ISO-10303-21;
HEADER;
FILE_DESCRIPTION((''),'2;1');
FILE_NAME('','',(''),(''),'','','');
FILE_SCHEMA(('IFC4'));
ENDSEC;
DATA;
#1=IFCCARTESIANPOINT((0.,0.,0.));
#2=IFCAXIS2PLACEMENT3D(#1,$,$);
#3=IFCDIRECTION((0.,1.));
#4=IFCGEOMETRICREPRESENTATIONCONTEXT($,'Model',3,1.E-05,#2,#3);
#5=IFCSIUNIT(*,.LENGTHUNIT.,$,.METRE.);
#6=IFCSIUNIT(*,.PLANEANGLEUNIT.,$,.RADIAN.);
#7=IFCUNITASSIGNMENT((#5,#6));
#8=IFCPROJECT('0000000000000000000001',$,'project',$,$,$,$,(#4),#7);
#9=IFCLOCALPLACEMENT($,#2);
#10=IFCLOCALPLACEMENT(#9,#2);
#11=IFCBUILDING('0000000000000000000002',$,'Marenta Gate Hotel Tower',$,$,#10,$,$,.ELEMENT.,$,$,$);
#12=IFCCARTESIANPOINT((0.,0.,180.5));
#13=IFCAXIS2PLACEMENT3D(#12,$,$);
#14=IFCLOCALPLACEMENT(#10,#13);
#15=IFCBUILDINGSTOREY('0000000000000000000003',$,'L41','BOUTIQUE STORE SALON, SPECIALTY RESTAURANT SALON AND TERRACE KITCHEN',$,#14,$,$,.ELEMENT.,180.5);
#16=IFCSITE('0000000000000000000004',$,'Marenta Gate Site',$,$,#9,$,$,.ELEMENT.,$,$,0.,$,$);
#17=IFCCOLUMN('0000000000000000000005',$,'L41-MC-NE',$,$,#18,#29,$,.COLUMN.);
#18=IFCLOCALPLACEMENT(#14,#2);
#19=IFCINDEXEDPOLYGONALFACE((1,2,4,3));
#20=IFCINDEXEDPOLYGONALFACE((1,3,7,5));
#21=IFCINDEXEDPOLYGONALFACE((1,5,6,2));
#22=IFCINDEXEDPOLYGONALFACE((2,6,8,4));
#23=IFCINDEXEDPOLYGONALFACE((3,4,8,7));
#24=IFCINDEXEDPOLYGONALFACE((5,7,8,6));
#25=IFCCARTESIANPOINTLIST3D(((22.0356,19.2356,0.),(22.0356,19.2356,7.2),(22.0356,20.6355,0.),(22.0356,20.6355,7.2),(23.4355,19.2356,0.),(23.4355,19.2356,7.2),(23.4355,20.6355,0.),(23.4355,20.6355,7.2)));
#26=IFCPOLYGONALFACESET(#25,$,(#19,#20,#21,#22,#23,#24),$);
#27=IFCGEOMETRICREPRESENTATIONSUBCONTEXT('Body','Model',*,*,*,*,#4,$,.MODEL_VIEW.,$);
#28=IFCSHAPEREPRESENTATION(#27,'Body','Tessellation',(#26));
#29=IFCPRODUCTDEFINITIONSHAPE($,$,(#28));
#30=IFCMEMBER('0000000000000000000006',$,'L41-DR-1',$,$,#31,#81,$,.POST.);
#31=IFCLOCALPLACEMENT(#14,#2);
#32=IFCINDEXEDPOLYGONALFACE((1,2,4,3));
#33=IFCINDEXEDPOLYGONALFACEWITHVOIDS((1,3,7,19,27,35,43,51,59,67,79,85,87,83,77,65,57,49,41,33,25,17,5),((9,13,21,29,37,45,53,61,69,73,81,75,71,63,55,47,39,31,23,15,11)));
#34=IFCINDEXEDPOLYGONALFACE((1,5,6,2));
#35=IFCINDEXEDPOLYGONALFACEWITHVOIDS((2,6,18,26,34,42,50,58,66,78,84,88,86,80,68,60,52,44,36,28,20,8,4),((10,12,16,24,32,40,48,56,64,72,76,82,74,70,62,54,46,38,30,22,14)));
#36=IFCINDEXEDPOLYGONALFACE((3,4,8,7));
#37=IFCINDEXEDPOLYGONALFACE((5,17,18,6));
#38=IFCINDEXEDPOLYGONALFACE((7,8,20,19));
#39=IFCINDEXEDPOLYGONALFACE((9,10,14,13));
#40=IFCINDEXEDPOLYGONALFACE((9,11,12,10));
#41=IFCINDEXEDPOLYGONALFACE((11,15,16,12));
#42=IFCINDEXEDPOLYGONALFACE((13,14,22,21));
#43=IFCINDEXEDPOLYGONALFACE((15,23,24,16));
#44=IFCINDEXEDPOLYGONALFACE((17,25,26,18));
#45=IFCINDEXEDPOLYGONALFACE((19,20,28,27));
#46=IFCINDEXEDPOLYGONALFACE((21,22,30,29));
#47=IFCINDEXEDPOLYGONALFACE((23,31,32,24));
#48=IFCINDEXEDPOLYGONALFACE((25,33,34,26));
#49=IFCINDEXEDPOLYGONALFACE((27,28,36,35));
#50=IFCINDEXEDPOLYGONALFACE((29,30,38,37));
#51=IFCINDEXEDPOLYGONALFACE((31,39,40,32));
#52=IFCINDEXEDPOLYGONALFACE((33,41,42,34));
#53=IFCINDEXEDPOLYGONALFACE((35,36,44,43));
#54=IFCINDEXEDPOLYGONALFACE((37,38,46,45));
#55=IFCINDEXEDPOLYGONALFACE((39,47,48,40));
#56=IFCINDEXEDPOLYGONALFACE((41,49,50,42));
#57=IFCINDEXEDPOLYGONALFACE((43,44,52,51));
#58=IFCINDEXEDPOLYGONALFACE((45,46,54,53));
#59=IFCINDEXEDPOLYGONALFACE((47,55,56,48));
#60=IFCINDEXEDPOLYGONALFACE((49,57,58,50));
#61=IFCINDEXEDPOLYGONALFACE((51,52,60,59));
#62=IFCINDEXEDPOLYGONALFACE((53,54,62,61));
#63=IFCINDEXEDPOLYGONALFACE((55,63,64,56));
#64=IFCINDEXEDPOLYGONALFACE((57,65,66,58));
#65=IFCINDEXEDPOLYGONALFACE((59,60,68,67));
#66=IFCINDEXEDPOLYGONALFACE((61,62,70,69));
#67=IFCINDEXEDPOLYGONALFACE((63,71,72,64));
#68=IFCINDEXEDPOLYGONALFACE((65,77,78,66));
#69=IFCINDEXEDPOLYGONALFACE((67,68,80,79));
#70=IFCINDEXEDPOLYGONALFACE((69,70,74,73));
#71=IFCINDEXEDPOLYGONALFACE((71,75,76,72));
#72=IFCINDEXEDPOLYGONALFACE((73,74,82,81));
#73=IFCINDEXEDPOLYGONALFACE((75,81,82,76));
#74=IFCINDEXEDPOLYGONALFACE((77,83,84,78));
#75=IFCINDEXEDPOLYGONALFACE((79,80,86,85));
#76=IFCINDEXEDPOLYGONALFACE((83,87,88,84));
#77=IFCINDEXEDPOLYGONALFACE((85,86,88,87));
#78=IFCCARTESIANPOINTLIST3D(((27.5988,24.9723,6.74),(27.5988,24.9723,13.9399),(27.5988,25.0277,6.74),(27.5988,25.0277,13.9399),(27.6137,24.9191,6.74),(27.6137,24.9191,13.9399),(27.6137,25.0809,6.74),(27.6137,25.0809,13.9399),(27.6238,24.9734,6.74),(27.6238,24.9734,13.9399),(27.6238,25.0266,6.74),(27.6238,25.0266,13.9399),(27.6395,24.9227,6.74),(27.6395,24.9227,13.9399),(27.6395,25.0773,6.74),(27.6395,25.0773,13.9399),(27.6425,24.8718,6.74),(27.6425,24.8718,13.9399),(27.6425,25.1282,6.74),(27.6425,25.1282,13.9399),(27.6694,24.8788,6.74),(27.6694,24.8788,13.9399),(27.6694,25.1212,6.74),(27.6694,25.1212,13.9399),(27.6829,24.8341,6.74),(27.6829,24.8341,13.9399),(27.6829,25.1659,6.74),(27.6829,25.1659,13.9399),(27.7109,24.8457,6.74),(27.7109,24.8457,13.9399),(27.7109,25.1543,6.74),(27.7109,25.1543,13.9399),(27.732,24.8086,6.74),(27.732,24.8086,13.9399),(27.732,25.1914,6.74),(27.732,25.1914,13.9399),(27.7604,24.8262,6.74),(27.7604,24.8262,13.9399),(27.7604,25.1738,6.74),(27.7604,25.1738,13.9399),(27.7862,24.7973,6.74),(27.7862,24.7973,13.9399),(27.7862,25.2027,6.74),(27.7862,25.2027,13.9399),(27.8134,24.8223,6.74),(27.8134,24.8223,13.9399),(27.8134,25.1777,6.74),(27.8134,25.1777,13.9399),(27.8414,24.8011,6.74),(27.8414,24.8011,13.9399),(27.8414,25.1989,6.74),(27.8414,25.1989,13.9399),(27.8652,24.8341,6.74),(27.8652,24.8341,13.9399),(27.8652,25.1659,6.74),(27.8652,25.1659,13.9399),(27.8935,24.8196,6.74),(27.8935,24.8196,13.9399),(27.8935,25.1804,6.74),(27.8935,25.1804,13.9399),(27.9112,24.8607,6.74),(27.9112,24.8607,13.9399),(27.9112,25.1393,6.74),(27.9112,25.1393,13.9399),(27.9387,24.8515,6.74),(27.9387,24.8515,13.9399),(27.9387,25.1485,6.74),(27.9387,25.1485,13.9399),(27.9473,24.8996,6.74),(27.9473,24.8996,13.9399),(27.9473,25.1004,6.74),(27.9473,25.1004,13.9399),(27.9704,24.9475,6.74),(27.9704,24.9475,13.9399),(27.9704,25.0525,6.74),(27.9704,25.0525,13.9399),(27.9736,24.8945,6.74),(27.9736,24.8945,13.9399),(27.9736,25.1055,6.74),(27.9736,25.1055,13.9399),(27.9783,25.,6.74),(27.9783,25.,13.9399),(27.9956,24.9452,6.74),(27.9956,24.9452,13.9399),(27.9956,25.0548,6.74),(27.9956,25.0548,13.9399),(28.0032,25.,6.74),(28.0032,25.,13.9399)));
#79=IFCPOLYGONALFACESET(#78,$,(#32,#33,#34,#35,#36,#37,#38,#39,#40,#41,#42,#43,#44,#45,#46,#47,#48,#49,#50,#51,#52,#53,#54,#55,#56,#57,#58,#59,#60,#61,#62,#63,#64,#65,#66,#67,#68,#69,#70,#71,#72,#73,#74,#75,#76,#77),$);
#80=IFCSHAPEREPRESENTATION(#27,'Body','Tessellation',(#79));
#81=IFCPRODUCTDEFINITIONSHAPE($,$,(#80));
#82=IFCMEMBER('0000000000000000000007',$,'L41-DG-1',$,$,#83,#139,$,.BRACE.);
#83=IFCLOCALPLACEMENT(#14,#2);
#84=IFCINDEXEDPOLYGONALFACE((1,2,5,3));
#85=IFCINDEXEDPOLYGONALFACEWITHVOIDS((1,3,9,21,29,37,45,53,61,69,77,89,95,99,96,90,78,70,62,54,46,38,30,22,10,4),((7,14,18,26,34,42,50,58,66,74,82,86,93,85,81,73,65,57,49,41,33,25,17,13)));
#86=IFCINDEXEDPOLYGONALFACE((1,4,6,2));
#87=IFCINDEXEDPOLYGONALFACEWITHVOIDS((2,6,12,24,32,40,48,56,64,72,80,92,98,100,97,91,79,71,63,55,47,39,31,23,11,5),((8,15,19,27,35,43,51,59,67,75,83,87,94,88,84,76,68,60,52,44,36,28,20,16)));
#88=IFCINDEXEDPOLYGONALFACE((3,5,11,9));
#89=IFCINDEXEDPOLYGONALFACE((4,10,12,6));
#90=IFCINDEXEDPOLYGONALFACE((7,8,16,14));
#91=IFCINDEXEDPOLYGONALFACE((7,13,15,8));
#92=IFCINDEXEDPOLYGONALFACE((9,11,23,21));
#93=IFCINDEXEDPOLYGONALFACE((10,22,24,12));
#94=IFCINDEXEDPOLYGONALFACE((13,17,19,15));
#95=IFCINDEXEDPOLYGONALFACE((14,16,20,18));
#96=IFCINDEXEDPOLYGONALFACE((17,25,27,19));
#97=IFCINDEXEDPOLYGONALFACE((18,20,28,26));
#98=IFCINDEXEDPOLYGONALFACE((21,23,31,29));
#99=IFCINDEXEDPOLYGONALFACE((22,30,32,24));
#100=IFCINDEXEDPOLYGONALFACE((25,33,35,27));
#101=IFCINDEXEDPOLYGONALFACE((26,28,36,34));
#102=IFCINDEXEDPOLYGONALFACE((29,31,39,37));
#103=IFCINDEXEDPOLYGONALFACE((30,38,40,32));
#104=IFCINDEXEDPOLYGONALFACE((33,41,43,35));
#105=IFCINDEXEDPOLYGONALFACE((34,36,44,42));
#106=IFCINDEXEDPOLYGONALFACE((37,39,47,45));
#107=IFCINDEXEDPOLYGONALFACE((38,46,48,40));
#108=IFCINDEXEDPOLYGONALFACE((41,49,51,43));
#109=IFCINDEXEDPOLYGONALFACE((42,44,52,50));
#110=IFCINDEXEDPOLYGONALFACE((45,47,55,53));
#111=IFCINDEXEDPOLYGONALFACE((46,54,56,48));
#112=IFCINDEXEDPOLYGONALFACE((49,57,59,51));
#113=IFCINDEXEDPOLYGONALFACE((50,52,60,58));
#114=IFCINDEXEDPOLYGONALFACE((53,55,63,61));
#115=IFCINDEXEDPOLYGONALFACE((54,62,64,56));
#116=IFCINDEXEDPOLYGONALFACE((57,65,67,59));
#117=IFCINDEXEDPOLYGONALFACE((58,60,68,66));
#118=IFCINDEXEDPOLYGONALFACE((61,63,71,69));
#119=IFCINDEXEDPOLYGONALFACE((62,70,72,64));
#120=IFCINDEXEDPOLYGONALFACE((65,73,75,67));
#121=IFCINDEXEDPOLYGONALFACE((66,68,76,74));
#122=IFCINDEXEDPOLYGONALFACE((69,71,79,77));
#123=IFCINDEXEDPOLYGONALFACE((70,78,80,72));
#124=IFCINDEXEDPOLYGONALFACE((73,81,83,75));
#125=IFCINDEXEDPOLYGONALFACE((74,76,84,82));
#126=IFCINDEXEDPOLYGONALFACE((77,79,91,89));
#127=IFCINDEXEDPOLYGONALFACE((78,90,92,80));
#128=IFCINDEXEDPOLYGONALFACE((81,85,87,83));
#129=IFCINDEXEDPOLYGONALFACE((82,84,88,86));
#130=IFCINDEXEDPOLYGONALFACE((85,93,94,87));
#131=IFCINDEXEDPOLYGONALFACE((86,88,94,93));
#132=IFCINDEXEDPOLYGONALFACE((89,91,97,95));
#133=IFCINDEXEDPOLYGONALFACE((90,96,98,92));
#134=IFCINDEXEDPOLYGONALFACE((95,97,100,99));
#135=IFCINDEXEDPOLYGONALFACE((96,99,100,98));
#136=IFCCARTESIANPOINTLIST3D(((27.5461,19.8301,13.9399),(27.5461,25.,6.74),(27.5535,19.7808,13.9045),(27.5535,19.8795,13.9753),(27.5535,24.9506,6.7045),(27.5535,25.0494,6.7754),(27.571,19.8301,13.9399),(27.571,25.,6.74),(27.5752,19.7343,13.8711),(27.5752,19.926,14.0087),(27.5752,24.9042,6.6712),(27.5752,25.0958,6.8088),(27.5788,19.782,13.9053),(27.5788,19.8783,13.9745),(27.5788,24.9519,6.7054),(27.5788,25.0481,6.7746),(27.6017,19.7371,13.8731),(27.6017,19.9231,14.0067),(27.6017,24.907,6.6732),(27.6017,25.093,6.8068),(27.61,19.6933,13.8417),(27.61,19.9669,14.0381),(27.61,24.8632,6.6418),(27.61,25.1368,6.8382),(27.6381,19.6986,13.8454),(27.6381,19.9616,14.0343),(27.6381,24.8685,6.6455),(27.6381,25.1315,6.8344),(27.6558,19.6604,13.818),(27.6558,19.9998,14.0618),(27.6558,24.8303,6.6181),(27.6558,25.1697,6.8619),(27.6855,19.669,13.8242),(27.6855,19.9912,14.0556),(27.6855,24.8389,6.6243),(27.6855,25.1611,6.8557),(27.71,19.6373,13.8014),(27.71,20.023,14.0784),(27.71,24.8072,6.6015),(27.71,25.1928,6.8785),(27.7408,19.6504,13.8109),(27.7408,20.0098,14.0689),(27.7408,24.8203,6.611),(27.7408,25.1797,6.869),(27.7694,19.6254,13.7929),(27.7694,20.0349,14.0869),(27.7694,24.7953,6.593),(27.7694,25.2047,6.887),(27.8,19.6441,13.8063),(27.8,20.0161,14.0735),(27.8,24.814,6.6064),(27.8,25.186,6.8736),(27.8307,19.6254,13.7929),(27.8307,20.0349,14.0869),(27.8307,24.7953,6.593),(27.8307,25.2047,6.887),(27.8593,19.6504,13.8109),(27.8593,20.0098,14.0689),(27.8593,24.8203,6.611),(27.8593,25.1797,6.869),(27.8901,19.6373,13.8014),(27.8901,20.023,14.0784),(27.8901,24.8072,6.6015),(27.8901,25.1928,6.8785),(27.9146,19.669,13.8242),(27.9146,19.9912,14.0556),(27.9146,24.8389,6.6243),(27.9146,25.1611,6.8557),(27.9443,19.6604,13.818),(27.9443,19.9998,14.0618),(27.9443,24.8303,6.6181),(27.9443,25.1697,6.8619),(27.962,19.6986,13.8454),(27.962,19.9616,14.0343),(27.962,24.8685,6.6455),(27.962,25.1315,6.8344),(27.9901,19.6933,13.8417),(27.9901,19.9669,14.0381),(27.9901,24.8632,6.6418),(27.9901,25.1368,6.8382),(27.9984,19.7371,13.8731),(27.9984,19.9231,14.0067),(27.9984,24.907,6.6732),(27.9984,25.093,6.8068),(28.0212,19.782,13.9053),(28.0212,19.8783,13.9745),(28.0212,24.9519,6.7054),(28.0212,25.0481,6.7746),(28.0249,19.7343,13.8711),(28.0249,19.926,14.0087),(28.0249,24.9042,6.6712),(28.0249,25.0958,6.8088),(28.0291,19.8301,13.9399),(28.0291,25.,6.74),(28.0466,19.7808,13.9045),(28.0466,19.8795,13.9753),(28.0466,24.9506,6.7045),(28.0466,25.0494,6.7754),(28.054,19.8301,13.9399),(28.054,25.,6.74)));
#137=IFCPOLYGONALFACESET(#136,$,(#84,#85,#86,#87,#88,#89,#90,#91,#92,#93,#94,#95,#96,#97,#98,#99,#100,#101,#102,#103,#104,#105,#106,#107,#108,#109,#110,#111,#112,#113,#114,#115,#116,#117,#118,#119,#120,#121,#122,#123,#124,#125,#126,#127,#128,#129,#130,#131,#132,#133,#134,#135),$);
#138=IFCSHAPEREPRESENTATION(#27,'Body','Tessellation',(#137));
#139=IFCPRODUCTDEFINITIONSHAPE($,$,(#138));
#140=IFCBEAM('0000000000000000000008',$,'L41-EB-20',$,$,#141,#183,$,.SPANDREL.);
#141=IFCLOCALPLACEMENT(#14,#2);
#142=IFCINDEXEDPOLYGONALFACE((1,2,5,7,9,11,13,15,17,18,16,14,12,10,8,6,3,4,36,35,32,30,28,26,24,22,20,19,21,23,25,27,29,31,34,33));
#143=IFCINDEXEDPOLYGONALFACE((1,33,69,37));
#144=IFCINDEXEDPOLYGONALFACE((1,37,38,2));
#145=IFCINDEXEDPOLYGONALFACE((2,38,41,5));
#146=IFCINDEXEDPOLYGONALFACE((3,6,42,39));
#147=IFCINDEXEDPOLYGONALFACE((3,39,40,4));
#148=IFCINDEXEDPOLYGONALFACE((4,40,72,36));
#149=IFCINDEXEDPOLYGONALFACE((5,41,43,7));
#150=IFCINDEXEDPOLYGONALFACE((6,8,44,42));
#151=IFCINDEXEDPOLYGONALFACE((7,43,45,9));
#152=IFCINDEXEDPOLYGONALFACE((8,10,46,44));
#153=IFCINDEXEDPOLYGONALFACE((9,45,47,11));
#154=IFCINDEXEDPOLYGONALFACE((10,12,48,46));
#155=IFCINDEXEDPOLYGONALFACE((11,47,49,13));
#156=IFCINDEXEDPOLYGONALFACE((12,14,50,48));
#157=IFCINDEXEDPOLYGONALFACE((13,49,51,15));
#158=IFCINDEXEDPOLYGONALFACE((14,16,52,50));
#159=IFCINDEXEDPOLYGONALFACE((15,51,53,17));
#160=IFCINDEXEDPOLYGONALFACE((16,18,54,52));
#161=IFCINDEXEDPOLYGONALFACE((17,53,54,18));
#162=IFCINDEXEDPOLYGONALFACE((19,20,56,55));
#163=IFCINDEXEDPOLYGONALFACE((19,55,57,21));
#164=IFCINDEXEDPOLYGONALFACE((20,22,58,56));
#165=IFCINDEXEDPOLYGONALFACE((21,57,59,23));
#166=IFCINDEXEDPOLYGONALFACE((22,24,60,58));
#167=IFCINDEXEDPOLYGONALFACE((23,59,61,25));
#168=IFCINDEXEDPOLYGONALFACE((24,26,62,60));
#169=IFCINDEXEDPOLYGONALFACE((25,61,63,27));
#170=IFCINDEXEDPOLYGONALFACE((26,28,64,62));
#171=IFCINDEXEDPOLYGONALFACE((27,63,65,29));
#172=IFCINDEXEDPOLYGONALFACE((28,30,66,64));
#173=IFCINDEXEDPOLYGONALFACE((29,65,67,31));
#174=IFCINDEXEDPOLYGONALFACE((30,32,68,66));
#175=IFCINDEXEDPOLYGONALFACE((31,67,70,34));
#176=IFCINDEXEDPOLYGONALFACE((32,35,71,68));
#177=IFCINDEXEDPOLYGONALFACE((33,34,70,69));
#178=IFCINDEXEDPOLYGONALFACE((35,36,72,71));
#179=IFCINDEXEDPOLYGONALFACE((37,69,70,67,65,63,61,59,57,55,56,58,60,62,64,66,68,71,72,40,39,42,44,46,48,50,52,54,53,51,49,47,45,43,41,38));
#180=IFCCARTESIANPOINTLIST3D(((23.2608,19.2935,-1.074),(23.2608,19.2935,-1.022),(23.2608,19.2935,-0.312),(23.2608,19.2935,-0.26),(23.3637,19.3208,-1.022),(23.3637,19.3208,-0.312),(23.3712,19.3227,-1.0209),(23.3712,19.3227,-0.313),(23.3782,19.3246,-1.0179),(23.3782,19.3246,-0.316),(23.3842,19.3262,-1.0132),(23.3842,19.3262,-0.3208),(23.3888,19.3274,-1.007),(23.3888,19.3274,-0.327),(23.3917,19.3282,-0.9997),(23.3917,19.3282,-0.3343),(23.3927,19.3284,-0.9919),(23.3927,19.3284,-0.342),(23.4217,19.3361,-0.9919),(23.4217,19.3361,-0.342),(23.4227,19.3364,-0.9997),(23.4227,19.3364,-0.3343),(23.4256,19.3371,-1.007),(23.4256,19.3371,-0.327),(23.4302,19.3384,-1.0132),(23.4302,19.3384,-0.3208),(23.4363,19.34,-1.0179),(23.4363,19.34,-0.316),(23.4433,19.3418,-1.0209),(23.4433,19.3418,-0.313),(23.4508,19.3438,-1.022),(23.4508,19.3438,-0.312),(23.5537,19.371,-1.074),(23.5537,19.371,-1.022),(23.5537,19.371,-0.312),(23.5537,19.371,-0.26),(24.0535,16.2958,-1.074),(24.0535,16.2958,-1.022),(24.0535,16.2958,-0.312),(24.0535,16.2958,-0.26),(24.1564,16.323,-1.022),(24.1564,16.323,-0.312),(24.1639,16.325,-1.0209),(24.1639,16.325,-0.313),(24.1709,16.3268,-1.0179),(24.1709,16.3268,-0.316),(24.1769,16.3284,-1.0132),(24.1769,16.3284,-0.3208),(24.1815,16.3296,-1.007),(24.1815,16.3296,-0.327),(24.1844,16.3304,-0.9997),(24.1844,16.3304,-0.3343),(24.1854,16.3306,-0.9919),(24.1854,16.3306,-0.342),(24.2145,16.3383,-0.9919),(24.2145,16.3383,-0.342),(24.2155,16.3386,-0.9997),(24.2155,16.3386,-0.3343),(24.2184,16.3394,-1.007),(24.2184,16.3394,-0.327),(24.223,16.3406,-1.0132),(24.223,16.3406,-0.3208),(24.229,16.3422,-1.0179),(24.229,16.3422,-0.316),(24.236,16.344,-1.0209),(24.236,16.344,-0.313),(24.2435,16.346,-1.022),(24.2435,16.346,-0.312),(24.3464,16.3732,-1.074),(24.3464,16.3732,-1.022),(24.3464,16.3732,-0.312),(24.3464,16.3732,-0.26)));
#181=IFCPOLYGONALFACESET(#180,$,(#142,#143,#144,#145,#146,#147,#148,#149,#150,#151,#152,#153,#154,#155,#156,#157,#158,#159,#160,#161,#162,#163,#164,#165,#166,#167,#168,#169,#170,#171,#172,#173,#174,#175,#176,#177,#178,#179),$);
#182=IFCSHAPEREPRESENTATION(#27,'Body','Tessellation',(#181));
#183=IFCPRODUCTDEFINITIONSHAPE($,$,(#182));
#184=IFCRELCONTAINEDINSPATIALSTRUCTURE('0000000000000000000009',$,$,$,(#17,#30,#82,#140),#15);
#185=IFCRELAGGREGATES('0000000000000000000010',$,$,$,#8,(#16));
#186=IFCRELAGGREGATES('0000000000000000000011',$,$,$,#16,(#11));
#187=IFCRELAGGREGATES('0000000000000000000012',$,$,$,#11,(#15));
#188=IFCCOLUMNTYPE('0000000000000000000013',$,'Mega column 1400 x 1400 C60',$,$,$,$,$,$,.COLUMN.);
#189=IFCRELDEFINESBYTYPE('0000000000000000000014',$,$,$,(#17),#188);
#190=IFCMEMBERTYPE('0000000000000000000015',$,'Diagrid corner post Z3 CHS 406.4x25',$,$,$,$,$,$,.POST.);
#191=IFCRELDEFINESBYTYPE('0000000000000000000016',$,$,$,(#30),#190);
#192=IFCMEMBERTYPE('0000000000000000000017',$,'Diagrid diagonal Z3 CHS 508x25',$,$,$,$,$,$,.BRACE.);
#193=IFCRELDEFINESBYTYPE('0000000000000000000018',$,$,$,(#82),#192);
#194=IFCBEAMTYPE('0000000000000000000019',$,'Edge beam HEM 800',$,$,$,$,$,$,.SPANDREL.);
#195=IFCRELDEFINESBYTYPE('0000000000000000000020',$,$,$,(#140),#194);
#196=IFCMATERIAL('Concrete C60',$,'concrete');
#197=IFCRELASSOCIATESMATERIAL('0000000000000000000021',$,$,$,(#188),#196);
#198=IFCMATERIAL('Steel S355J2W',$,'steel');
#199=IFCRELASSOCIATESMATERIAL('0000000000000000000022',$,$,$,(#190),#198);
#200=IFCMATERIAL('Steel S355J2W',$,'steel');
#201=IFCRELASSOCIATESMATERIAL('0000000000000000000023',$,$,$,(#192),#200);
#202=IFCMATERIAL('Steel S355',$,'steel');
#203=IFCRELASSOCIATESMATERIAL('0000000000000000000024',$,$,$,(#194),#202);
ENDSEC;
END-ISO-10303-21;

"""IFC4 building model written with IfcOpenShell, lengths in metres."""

from ifc_helpers import new_model, si_unit, direction, frame, origin, origin_2d, place, context, subcontext, project, spatial, rectangle, hollow_circle, i_section, extrude, material, material_profile, profile_set, type_object, element, save


model = new_model("IFC4")

# Units and contexts
model_context = context("Model", 3, precision=1e-05, world=origin(), true_north=direction((0.0, 1.0)))
body_context = subcontext(model_context, "Body", "Model", "MODEL_VIEW")
ifc_project = project(units=[si_unit("LENGTHUNIT", "METRE"), si_unit("PLANEANGLEUNIT", "RADIAN")], contexts=[model_context])

# Site, building, storey
site_placement = place(None, origin())
site = spatial("IfcSite", under=ifc_project, at=site_placement, Name="Marenta Gate Site", CompositionType="ELEMENT", RefElevation=0.0)
building_placement = place(site_placement, origin())
building = spatial("IfcBuilding", under=site, at=building_placement, Name="Marenta Gate Hotel Tower", CompositionType="ELEMENT")
storey_placement = place(building_placement, frame((0.0, 0.0, 180.5)))
storey = spatial("IfcBuildingStorey", under=building, at=storey_placement, Name="L41", Description="BOUTIQUE STORE SALON, SPECIALTY RESTAURANT SALON AND TERRACE KITCHEN", CompositionType="ELEMENT", Elevation=180.5)

# Column
ifc_material_1 = material(Name="Concrete C60", Category="concrete")
ifc_material_profile_1 = material_profile(ifc_material_1, rectangle(XDim=1.3999, YDim=1.3999, at=origin_2d()), Name="1400 x 1400")
ifc_profile_set_1 = profile_set([ifc_material_profile_1], Name="Concrete C60")
column_type = type_object("IfcColumnType", Name="Mega column 1400 x 1400 C60", PredefinedType="COLUMN", material=ifc_profile_set_1)
column_placement = place(storey_placement, frame((22.7356, 19.9355, 0.0), z_axis=(0.0, 0.0, 1.0), x_axis=(1.0, 0.0, 0.0)))
element("IfcColumn", 1, at=column_placement, inside=storey, type_object=column_type, Name="L41-MC-NE", PredefinedType="COLUMN", context=body_context, shape_type="SweptSolid", body=[
    extrude(rectangle(XDim=1.3999, YDim=1.3999, at=origin_2d()), origin(), (0.0, 0.0, 1.0), 7.2),
])

# Members
ifc_material_2 = material(Name="Steel S355J2W", Category="steel")
ifc_material_profile_2 = material_profile(ifc_material_2, hollow_circle(Radius=0.2031, WallThickness=0.0249, at=origin_2d()), Name="CHS 406.4x25")
ifc_profile_set_2 = profile_set([ifc_material_profile_2], Name="Steel S355J2W")
member_type_1 = type_object("IfcMemberType", Name="Diagrid corner post Z3 CHS 406.4x25", PredefinedType="POST", material=ifc_profile_set_2)
member_1_placement = place(storey_placement, frame((27.8, 25.0, 6.74), z_axis=(0.0, 0.0, 1.0), x_axis=(1.0, 0.0, 0.0)))
element("IfcMember", 2, at=member_1_placement, inside=storey, type_object=member_type_1, Name="L41-DR-1", PredefinedType="POST", context=body_context, shape_type="SweptSolid", body=[
    extrude(hollow_circle(Radius=0.2031, WallThickness=0.0249, at=origin_2d()), origin(), (0.0, 0.0, 1.0), 7.2),
])
ifc_material_3 = material(Name="Steel S355J2W", Category="steel")
ifc_material_profile_3 = material_profile(ifc_material_3, hollow_circle(Radius=0.2539, WallThickness=0.0249, at=origin_2d()), Name="CHS 508x25")
ifc_profile_set_3 = profile_set([ifc_material_profile_3], Name="Steel S355J2W")
member_type_2 = type_object("IfcMemberType", Name="Diagrid diagonal Z3 CHS 508x25", PredefinedType="BRACE", material=ifc_profile_set_3)
member_2_placement = place(storey_placement, frame((27.8, 25.0, 6.74), z_axis=(0.0, -0.583261, 0.812285), x_axis=(1.0, 0.0, 0.0)))
element("IfcMember", 3, at=member_2_placement, inside=storey, type_object=member_type_2, Name="L41-DG-1", PredefinedType="BRACE", context=body_context, shape_type="SweptSolid", body=[
    extrude(hollow_circle(Radius=0.2539, WallThickness=0.0249, at=origin_2d()), origin(), (0.0, 0.0, 1.0), 8.8638),
])

# Beam
ifc_material_4 = material(Name="Steel S355", Category="steel")
ifc_material_profile_4 = material_profile(ifc_material_4, i_section(OverallWidth=0.303, OverallDepth=0.814, WebThickness=0.03, FlangeThickness=0.052, FilletRadius=0.03, at=origin_2d()), Name="HEM 800")
ifc_profile_set_4 = profile_set([ifc_material_profile_4], Name="Steel S355")
beam_type_1 = type_object("IfcBeamType", Name="Edge beam HEM 800", PredefinedType="SPANDREL", material=ifc_profile_set_4)
beam_1_placement = place(storey_placement, frame((23.4072, 19.3323, -0.667), z_axis=(0.255648, -0.96677, 0.0), x_axis=(0.96677, 0.255648, 0.0)))
element("IfcBeam", 4, at=beam_1_placement, inside=storey, type_object=beam_type_1, Name="L41-EB-20", PredefinedType="SPANDREL", context=body_context, shape_type="SweptSolid", body=[
    extrude(i_section(OverallWidth=0.303, OverallDepth=0.814, WebThickness=0.03, FlangeThickness=0.052, FilletRadius=0.03, at=origin_2d()), origin(), (0.0, 0.0, 1.0), 3.1008),
])

save(model, "model.ifc")
